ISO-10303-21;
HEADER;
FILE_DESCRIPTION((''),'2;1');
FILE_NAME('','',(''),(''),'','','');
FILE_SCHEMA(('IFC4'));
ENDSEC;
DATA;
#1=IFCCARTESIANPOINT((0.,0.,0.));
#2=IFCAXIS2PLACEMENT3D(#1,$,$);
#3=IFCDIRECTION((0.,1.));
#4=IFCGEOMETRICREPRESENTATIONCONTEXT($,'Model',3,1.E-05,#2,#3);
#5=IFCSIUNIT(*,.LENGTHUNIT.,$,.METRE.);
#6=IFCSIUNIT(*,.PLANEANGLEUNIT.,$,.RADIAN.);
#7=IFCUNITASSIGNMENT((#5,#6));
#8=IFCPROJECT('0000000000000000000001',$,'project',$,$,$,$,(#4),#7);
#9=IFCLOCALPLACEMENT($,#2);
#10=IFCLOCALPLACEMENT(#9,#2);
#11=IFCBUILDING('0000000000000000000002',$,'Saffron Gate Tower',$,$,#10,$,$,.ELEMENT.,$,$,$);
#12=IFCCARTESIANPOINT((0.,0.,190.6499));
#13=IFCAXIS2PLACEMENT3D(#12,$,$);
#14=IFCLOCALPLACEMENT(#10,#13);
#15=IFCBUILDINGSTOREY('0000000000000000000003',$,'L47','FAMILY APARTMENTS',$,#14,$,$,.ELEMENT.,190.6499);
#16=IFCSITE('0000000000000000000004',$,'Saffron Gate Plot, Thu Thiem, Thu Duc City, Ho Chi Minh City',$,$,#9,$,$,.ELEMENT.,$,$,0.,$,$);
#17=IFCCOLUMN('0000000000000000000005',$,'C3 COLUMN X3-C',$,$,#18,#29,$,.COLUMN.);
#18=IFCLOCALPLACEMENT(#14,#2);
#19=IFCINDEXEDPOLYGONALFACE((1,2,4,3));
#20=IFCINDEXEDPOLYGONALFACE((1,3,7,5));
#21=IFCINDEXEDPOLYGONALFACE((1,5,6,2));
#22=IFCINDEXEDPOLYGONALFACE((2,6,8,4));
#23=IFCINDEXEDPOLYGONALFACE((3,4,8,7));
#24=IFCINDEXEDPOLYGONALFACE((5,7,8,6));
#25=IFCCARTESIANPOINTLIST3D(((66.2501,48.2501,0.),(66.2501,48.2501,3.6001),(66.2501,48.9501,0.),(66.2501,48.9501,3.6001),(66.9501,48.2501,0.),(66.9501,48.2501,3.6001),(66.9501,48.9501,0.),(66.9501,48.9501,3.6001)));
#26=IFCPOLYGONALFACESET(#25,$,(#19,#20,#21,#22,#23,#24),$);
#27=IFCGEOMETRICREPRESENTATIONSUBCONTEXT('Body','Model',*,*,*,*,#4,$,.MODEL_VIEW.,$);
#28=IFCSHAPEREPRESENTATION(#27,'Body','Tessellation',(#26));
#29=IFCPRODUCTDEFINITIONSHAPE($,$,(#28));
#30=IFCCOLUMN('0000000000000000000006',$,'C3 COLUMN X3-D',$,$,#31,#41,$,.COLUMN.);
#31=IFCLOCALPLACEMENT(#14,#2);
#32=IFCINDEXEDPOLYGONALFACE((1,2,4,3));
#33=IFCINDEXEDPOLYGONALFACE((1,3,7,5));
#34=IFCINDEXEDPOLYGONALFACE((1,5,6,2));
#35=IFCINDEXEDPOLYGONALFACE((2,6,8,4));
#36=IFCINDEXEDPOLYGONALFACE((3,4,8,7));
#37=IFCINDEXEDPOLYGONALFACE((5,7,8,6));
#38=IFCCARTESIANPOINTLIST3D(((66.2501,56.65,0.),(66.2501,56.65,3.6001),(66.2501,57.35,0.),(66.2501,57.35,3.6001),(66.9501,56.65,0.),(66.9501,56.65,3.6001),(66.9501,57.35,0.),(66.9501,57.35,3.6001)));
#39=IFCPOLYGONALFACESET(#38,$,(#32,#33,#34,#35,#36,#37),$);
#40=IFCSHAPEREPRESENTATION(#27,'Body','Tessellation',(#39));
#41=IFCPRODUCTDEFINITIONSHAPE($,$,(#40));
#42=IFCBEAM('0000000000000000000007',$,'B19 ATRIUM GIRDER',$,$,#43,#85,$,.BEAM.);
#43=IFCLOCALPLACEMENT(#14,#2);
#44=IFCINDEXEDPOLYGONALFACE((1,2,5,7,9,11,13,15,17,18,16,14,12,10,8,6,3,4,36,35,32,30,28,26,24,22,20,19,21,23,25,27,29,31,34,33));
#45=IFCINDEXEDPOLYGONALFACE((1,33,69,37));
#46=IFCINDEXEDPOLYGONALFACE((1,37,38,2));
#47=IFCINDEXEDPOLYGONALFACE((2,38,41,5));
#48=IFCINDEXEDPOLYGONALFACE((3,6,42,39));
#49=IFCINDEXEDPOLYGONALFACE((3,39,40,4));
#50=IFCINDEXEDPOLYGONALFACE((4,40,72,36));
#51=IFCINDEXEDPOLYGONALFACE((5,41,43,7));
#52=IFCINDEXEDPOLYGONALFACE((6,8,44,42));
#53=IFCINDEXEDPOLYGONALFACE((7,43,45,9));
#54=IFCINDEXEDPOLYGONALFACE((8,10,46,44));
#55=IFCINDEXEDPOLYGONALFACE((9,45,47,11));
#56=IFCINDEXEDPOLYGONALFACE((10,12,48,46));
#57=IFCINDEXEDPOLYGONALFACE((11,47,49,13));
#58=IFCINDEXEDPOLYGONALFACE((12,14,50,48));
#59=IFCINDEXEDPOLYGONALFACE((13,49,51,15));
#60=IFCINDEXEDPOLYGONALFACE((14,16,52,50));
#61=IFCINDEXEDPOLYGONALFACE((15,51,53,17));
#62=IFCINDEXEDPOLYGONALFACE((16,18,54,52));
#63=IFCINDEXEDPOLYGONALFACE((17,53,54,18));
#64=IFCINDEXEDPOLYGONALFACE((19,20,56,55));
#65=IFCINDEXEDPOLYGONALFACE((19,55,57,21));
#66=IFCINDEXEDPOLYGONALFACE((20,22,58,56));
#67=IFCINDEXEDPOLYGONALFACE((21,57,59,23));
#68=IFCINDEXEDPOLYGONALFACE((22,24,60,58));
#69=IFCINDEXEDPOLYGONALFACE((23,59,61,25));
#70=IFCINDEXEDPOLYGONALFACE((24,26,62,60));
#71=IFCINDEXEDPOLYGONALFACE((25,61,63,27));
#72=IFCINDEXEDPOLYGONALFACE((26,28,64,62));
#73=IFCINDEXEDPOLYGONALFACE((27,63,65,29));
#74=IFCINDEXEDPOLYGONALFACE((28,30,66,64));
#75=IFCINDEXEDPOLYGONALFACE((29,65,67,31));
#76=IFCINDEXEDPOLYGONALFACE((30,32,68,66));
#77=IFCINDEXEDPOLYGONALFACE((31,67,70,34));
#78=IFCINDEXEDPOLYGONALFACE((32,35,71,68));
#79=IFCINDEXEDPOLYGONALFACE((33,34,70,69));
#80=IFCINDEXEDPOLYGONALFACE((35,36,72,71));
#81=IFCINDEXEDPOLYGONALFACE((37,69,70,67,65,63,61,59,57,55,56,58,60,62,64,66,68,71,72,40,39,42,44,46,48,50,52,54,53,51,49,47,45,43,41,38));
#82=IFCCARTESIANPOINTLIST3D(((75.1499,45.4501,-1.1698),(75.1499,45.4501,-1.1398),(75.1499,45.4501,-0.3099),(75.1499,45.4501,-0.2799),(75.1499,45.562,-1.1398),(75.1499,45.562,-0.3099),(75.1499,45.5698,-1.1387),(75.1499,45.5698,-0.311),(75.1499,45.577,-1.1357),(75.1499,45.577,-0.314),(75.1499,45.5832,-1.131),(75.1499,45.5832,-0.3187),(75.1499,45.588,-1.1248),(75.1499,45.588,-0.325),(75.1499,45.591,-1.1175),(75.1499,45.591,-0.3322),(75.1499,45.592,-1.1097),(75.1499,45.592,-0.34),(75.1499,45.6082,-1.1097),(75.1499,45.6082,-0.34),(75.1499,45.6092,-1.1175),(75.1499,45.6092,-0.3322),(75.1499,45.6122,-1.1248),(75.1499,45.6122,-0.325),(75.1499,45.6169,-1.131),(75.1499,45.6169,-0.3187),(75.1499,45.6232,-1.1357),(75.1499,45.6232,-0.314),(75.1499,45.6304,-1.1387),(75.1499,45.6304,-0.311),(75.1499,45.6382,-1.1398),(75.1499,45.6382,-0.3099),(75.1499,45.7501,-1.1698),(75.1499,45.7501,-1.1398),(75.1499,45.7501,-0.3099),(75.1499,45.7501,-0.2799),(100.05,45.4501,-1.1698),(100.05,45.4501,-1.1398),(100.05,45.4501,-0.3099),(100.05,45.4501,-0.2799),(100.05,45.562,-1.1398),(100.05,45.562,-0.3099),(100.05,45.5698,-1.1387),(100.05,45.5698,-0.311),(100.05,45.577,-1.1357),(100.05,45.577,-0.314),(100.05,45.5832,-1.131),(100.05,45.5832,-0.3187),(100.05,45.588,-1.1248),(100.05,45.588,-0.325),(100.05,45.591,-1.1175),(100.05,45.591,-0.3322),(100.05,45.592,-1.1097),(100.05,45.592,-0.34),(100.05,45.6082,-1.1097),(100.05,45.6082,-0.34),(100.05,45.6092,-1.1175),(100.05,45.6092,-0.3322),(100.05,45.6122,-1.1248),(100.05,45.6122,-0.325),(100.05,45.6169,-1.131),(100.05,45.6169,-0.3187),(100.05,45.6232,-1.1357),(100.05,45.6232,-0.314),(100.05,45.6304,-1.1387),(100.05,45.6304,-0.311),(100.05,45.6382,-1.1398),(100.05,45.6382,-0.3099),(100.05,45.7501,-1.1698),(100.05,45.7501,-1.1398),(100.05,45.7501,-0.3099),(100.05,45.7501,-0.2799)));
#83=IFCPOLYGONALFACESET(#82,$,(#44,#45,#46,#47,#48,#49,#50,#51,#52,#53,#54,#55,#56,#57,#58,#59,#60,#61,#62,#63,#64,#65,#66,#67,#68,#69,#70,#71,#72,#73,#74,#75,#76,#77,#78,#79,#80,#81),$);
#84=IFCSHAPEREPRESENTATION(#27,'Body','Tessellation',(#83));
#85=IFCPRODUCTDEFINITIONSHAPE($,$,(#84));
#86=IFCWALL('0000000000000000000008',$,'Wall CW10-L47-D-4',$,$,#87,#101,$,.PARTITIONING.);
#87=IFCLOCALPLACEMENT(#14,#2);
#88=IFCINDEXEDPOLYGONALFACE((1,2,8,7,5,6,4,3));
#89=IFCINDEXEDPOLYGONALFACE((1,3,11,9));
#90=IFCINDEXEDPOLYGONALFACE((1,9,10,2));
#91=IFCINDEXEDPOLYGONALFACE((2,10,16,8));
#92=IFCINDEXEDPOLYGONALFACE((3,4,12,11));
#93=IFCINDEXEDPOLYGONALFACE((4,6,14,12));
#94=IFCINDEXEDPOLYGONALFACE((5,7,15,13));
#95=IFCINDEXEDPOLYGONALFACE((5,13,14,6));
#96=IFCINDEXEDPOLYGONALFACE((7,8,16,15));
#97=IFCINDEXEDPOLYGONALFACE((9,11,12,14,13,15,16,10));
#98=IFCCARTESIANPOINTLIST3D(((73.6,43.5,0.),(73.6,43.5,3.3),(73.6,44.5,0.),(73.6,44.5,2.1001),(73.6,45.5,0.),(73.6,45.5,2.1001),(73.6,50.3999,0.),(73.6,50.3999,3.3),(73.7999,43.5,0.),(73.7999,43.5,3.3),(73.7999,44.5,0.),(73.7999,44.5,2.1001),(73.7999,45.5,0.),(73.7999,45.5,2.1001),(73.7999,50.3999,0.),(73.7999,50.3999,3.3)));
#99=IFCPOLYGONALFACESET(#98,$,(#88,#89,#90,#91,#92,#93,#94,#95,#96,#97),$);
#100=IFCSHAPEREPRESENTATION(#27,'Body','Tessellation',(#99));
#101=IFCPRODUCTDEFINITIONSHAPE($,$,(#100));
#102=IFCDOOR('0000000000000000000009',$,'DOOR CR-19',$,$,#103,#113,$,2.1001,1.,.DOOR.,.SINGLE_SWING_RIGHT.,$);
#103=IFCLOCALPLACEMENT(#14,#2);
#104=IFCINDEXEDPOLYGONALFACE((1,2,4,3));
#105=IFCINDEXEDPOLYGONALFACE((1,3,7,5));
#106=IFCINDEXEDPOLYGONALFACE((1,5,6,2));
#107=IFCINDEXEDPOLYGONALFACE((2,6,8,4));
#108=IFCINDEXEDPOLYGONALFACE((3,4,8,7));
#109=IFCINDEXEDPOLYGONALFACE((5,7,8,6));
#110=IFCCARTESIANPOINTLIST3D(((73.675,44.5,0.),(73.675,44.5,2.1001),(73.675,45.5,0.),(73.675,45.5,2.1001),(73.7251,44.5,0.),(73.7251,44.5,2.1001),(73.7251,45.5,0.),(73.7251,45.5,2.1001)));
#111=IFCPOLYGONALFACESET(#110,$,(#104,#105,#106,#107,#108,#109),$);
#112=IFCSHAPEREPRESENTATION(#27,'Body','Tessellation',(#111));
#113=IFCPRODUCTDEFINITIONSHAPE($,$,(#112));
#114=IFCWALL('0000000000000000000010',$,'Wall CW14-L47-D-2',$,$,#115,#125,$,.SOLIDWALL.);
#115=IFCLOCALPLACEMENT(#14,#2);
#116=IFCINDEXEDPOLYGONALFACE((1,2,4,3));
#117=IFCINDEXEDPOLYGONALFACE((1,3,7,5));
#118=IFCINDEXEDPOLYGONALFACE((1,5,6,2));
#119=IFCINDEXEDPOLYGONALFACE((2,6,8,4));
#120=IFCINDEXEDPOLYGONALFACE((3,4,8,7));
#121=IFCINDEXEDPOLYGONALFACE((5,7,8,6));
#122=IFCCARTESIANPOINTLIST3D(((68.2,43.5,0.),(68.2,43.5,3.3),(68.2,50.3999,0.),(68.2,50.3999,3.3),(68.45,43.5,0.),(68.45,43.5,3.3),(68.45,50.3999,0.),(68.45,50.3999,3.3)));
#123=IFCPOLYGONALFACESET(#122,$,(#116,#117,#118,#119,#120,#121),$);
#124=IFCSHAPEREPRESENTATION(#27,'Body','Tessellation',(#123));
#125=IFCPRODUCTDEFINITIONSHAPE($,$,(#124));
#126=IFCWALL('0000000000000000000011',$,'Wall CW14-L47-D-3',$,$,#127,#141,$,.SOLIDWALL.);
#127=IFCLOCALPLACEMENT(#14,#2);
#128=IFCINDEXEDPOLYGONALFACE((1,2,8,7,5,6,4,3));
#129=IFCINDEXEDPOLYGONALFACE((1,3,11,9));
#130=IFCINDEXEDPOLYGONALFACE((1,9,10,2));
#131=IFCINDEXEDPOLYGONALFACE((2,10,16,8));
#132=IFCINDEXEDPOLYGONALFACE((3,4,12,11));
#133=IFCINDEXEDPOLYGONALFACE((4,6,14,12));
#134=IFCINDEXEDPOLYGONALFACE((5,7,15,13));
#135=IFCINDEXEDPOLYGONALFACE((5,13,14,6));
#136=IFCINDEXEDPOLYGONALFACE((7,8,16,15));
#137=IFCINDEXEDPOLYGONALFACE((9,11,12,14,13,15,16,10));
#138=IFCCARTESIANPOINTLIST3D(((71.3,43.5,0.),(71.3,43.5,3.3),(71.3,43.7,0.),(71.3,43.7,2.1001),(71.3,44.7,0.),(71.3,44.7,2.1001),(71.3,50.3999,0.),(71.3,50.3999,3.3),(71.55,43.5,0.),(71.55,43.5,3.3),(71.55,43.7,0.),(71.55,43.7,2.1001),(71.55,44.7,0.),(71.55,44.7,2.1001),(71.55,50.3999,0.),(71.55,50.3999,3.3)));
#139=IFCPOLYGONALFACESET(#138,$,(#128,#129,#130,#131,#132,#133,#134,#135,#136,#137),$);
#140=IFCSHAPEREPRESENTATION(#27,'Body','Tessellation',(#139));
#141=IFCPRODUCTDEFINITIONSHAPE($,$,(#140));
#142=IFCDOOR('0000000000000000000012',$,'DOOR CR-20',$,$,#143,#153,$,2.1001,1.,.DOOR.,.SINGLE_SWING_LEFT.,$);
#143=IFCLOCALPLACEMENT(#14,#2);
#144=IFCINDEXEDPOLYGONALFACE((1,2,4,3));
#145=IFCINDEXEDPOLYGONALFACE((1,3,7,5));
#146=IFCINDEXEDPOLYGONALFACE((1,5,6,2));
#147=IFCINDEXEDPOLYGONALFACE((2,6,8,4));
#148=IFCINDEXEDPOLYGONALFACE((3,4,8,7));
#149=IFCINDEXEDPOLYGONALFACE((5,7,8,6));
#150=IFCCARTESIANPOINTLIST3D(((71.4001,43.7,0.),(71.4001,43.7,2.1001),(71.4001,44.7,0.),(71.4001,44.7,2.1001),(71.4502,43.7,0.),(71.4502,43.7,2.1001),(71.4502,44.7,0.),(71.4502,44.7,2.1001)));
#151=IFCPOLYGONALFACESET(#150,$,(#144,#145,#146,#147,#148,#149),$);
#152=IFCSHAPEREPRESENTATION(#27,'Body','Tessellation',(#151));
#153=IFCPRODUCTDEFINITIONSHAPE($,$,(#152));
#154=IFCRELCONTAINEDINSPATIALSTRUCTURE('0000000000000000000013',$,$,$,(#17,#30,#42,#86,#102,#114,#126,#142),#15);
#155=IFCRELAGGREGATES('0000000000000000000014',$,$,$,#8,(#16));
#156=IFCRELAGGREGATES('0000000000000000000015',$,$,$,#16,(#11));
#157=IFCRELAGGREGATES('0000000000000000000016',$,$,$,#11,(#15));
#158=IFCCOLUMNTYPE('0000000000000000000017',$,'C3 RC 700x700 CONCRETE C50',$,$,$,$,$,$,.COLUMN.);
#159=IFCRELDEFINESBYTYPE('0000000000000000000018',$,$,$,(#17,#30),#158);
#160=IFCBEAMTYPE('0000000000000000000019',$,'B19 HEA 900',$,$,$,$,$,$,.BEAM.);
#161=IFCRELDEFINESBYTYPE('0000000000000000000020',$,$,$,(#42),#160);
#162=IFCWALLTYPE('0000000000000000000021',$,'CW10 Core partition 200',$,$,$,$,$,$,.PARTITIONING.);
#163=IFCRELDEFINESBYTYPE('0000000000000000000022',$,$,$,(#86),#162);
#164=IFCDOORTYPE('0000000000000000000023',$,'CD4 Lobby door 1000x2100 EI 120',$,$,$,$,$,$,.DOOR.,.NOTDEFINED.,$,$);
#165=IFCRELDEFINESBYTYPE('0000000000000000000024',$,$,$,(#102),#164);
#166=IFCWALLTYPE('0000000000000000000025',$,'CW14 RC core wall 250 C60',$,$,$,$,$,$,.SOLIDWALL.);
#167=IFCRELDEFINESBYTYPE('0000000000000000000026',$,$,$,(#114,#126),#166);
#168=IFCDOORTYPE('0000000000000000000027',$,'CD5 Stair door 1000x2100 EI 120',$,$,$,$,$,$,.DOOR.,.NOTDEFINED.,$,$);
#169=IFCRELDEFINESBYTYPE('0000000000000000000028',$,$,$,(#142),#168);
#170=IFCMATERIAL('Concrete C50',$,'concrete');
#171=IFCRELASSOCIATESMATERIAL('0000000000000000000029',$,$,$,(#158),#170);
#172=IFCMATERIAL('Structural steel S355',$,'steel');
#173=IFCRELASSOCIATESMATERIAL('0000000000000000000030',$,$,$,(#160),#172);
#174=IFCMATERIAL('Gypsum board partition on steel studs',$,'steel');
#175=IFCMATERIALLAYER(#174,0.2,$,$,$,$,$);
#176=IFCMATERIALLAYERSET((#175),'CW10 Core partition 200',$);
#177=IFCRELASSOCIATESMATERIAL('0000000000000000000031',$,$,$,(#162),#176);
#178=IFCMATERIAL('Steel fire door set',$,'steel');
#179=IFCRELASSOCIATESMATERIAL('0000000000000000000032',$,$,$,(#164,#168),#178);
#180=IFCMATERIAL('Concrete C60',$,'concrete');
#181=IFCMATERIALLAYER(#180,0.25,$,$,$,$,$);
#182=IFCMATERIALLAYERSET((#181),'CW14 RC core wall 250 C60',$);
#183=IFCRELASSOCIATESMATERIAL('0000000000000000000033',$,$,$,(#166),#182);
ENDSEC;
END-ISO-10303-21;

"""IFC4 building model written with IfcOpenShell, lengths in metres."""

from ifc_helpers import new_model, si_unit, direction, frame, frame_2d, origin, origin_2d, place, context, subcontext, project, spatial, rectangle, i_section, extrude, material, layer, layer_set, material_profile, profile_set, type_object, element, fill, save


model = new_model("IFC4")

# Units and contexts
model_context = context("Model", 3, precision=1e-05, world=origin(), true_north=direction((0.0, 1.0)))
body_context = subcontext(model_context, "Body", "Model", "MODEL_VIEW")
ifc_project = project(units=[si_unit("LENGTHUNIT", "METRE"), si_unit("PLANEANGLEUNIT", "RADIAN")], contexts=[model_context])

# Site, building, storey
site_placement = place(None, origin())
site = spatial("IfcSite", under=ifc_project, at=site_placement, Name="Saffron Gate Plot, Thu Thiem, Thu Duc City, Ho Chi Minh City", CompositionType="ELEMENT", RefElevation=0.0)
building_placement = place(site_placement, origin())
building = spatial("IfcBuilding", under=site, at=building_placement, Name="Saffron Gate Tower", CompositionType="ELEMENT")
storey_placement = place(building_placement, frame((0.0, 0.0, 190.6499)))
storey = spatial("IfcBuildingStorey", under=building, at=storey_placement, Name="L47", Description="FAMILY APARTMENTS", CompositionType="ELEMENT", Elevation=190.6499)

# Columns
ifc_material_1 = material(Name="Concrete C50", Category="concrete")
ifc_material_profile_1 = material_profile(ifc_material_1, rectangle(XDim=0.7, YDim=0.7, at=origin_2d()))
ifc_profile_set_1 = profile_set([ifc_material_profile_1], Name="Concrete C50")
column_type = type_object("IfcColumnType", Name="C3 RC 700x700 CONCRETE C50", PredefinedType="COLUMN", material=ifc_profile_set_1)
for number, where, z_axis, x_axis, name in (
    (1, (66.6001, 48.6001, 0.0), (0.0, 0.0, 1.0), (1.0, 0.0, 0.0), "C3 COLUMN X3-C"),
    (2, (66.6001, 57.0, 0.0), (0.0, 0.0, 1.0), (1.0, 0.0, 0.0), "C3 COLUMN X3-D"),
):
    element("IfcColumn", number, at=place(storey_placement, frame(where, z_axis=z_axis, x_axis=x_axis)), inside=storey, type_object=column_type, Name=name, PredefinedType="COLUMN", context=body_context, shape_type="SweptSolid", body=[
        extrude(rectangle(XDim=0.7, YDim=0.7, at=origin_2d()), origin(), (0.0, 0.0, 1.0), 3.6001),
    ])

# Beam
ifc_material_2 = material(Name="Structural steel S355", Category="steel")
ifc_material_profile_2 = material_profile(ifc_material_2, i_section(OverallWidth=0.3, OverallDepth=0.8899, WebThickness=0.0161, FlangeThickness=0.03, FilletRadius=0.03, at=origin_2d()))
ifc_profile_set_2 = profile_set([ifc_material_profile_2], Name="Structural steel S355")
beam_type = type_object("IfcBeamType", Name="B19 HEA 900", PredefinedType="BEAM", material=ifc_profile_set_2)
beam_placement = place(storey_placement, frame((75.1499, 45.6001, -0.7249), z_axis=(1.0, 0.0, 0.0), x_axis=(0.0, 1.0, 0.0)))
element("IfcBeam", 3, at=beam_placement, inside=storey, type_object=beam_type, Name="B19 ATRIUM GIRDER", PredefinedType="BEAM", context=body_context, shape_type="SweptSolid", body=[
    extrude(i_section(OverallWidth=0.3, OverallDepth=0.8899, WebThickness=0.0161, FlangeThickness=0.03, FilletRadius=0.03, at=origin_2d()), origin(), (0.0, 0.0, 1.0), 24.9001),
])

# Wall, opening, door
ifc_material_3 = material(Name="Gypsum board partition on steel studs", Category="steel")
ifc_layer_1 = layer(ifc_material_3, 0.2)
ifc_layer_set_1 = layer_set([ifc_layer_1], Name="CW10 Core partition 200")
wall_type_1 = type_object("IfcWallType", Name="CW10 Core partition 200", PredefinedType="PARTITIONING", material=ifc_layer_set_1)
wall_1_placement = place(storey_placement, frame((73.7, 43.5, 0.0), z_axis=(0.0, 0.0, 1.0), x_axis=(0.0, 1.0, 0.0)))
wall_1 = element("IfcWall", 4, at=wall_1_placement, inside=storey, type_object=wall_type_1, Name="Wall CW10-L47-D-4", PredefinedType="PARTITIONING", context=body_context, shape_type="SweptSolid", body=[
    extrude(rectangle(XDim=6.8999, YDim=0.2, at=frame_2d((3.45, 0.0))), origin(), (0.0, 0.0, 1.0), 3.3),
])
opening_1_placement = place(wall_1_placement, frame((1.0, 0.0, 0.0)))
opening_1 = element("IfcOpeningElement", 5, at=opening_1_placement, cuts=wall_1, PredefinedType="OPENING", context=body_context, shape_type="SweptSolid", body=[
    extrude(rectangle(XDim=1.0, YDim=2.1001, at=frame_2d((0.5, 1.05))), frame((0.0, 0.1099, 0.0), z_axis=(0.0, -1.0, 0.0), x_axis=(1.0, 0.0, 0.0)), (0.0, 0.0, 1.0), 0.22),
])
ifc_material_4 = material(Name="Steel fire door set", Category="steel")
door_type_1 = type_object("IfcDoorType", Name="CD4 Lobby door 1000x2100 EI 120", OperationType="NOTDEFINED", PredefinedType="DOOR", material=ifc_material_4)
door_1_placement = place(opening_1_placement, origin())
door_1 = element("IfcDoor", 6, at=door_1_placement, inside=storey, type_object=door_type_1, Name="DOOR CR-19", OperationType="SINGLE_SWING_RIGHT", OverallHeight=2.1001, OverallWidth=1.0, PredefinedType="DOOR", context=body_context, shape_type="SweptSolid", body=[
    extrude(rectangle(XDim=1.0, YDim=2.1001, at=frame_2d((0.5, 1.05))), frame((0.0, 0.0249, 0.0), z_axis=(0.0, -1.0, 0.0), x_axis=(1.0, 0.0, 0.0)), (0.0, 0.0, 1.0), 0.05),
])
fill(opening_1, door_1)

# Wall
ifc_material_5 = material(Name="Concrete C60", Category="concrete")
ifc_layer_2 = layer(ifc_material_5, 0.25)
ifc_layer_set_2 = layer_set([ifc_layer_2], Name="CW14 RC core wall 250 C60")
wall_type_2 = type_object("IfcWallType", Name="CW14 RC core wall 250 C60", PredefinedType="SOLIDWALL", material=ifc_layer_set_2)
wall_2_placement = place(storey_placement, frame((68.325, 43.5, 0.0), z_axis=(0.0, 0.0, 1.0), x_axis=(0.0, 1.0, 0.0)))
element("IfcWall", 7, at=wall_2_placement, inside=storey, type_object=wall_type_2, Name="Wall CW14-L47-D-2", PredefinedType="SOLIDWALL", context=body_context, shape_type="SweptSolid", body=[
    extrude(rectangle(XDim=6.8999, YDim=0.25, at=frame_2d((3.45, 0.0))), origin(), (0.0, 0.0, 1.0), 3.3),
])

# Wall, opening, door
wall_3_placement = place(storey_placement, frame((71.425, 43.5, 0.0), z_axis=(0.0, 0.0, 1.0), x_axis=(0.0, 1.0, 0.0)))
wall_3 = element("IfcWall", 8, at=wall_3_placement, inside=storey, type_object=wall_type_2, Name="Wall CW14-L47-D-3", PredefinedType="SOLIDWALL", context=body_context, shape_type="SweptSolid", body=[
    extrude(rectangle(XDim=6.8999, YDim=0.25, at=frame_2d((3.45, 0.0))), origin(), (0.0, 0.0, 1.0), 3.3),
])
opening_2_placement = place(wall_3_placement, frame((0.2, 0.0, 0.0)))
opening_2 = element("IfcOpeningElement", 9, at=opening_2_placement, cuts=wall_3, PredefinedType="OPENING", context=body_context, shape_type="SweptSolid", body=[
    extrude(rectangle(XDim=1.0, YDim=2.1001, at=frame_2d((0.5, 1.05))), frame((0.0, 0.135, 0.0), z_axis=(0.0, -1.0, 0.0), x_axis=(1.0, 0.0, 0.0)), (0.0, 0.0, 1.0), 0.27),
])
door_type_2 = type_object("IfcDoorType", Name="CD5 Stair door 1000x2100 EI 120", OperationType="NOTDEFINED", PredefinedType="DOOR", material=ifc_material_4)
door_2_placement = place(opening_2_placement, origin())
door_2 = element("IfcDoor", 10, at=door_2_placement, inside=storey, type_object=door_type_2, Name="DOOR CR-20", OperationType="SINGLE_SWING_LEFT", OverallHeight=2.1001, OverallWidth=1.0, PredefinedType="DOOR", context=body_context, shape_type="SweptSolid", body=[
    extrude(rectangle(XDim=1.0, YDim=2.1001, at=frame_2d((0.5, 1.05))), frame((0.0, 0.0249, 0.0), z_axis=(0.0, -1.0, 0.0), x_axis=(1.0, 0.0, 0.0)), (0.0, 0.0, 1.0), 0.05),
])
fill(opening_2, door_2)

save(model, "model.ifc")
